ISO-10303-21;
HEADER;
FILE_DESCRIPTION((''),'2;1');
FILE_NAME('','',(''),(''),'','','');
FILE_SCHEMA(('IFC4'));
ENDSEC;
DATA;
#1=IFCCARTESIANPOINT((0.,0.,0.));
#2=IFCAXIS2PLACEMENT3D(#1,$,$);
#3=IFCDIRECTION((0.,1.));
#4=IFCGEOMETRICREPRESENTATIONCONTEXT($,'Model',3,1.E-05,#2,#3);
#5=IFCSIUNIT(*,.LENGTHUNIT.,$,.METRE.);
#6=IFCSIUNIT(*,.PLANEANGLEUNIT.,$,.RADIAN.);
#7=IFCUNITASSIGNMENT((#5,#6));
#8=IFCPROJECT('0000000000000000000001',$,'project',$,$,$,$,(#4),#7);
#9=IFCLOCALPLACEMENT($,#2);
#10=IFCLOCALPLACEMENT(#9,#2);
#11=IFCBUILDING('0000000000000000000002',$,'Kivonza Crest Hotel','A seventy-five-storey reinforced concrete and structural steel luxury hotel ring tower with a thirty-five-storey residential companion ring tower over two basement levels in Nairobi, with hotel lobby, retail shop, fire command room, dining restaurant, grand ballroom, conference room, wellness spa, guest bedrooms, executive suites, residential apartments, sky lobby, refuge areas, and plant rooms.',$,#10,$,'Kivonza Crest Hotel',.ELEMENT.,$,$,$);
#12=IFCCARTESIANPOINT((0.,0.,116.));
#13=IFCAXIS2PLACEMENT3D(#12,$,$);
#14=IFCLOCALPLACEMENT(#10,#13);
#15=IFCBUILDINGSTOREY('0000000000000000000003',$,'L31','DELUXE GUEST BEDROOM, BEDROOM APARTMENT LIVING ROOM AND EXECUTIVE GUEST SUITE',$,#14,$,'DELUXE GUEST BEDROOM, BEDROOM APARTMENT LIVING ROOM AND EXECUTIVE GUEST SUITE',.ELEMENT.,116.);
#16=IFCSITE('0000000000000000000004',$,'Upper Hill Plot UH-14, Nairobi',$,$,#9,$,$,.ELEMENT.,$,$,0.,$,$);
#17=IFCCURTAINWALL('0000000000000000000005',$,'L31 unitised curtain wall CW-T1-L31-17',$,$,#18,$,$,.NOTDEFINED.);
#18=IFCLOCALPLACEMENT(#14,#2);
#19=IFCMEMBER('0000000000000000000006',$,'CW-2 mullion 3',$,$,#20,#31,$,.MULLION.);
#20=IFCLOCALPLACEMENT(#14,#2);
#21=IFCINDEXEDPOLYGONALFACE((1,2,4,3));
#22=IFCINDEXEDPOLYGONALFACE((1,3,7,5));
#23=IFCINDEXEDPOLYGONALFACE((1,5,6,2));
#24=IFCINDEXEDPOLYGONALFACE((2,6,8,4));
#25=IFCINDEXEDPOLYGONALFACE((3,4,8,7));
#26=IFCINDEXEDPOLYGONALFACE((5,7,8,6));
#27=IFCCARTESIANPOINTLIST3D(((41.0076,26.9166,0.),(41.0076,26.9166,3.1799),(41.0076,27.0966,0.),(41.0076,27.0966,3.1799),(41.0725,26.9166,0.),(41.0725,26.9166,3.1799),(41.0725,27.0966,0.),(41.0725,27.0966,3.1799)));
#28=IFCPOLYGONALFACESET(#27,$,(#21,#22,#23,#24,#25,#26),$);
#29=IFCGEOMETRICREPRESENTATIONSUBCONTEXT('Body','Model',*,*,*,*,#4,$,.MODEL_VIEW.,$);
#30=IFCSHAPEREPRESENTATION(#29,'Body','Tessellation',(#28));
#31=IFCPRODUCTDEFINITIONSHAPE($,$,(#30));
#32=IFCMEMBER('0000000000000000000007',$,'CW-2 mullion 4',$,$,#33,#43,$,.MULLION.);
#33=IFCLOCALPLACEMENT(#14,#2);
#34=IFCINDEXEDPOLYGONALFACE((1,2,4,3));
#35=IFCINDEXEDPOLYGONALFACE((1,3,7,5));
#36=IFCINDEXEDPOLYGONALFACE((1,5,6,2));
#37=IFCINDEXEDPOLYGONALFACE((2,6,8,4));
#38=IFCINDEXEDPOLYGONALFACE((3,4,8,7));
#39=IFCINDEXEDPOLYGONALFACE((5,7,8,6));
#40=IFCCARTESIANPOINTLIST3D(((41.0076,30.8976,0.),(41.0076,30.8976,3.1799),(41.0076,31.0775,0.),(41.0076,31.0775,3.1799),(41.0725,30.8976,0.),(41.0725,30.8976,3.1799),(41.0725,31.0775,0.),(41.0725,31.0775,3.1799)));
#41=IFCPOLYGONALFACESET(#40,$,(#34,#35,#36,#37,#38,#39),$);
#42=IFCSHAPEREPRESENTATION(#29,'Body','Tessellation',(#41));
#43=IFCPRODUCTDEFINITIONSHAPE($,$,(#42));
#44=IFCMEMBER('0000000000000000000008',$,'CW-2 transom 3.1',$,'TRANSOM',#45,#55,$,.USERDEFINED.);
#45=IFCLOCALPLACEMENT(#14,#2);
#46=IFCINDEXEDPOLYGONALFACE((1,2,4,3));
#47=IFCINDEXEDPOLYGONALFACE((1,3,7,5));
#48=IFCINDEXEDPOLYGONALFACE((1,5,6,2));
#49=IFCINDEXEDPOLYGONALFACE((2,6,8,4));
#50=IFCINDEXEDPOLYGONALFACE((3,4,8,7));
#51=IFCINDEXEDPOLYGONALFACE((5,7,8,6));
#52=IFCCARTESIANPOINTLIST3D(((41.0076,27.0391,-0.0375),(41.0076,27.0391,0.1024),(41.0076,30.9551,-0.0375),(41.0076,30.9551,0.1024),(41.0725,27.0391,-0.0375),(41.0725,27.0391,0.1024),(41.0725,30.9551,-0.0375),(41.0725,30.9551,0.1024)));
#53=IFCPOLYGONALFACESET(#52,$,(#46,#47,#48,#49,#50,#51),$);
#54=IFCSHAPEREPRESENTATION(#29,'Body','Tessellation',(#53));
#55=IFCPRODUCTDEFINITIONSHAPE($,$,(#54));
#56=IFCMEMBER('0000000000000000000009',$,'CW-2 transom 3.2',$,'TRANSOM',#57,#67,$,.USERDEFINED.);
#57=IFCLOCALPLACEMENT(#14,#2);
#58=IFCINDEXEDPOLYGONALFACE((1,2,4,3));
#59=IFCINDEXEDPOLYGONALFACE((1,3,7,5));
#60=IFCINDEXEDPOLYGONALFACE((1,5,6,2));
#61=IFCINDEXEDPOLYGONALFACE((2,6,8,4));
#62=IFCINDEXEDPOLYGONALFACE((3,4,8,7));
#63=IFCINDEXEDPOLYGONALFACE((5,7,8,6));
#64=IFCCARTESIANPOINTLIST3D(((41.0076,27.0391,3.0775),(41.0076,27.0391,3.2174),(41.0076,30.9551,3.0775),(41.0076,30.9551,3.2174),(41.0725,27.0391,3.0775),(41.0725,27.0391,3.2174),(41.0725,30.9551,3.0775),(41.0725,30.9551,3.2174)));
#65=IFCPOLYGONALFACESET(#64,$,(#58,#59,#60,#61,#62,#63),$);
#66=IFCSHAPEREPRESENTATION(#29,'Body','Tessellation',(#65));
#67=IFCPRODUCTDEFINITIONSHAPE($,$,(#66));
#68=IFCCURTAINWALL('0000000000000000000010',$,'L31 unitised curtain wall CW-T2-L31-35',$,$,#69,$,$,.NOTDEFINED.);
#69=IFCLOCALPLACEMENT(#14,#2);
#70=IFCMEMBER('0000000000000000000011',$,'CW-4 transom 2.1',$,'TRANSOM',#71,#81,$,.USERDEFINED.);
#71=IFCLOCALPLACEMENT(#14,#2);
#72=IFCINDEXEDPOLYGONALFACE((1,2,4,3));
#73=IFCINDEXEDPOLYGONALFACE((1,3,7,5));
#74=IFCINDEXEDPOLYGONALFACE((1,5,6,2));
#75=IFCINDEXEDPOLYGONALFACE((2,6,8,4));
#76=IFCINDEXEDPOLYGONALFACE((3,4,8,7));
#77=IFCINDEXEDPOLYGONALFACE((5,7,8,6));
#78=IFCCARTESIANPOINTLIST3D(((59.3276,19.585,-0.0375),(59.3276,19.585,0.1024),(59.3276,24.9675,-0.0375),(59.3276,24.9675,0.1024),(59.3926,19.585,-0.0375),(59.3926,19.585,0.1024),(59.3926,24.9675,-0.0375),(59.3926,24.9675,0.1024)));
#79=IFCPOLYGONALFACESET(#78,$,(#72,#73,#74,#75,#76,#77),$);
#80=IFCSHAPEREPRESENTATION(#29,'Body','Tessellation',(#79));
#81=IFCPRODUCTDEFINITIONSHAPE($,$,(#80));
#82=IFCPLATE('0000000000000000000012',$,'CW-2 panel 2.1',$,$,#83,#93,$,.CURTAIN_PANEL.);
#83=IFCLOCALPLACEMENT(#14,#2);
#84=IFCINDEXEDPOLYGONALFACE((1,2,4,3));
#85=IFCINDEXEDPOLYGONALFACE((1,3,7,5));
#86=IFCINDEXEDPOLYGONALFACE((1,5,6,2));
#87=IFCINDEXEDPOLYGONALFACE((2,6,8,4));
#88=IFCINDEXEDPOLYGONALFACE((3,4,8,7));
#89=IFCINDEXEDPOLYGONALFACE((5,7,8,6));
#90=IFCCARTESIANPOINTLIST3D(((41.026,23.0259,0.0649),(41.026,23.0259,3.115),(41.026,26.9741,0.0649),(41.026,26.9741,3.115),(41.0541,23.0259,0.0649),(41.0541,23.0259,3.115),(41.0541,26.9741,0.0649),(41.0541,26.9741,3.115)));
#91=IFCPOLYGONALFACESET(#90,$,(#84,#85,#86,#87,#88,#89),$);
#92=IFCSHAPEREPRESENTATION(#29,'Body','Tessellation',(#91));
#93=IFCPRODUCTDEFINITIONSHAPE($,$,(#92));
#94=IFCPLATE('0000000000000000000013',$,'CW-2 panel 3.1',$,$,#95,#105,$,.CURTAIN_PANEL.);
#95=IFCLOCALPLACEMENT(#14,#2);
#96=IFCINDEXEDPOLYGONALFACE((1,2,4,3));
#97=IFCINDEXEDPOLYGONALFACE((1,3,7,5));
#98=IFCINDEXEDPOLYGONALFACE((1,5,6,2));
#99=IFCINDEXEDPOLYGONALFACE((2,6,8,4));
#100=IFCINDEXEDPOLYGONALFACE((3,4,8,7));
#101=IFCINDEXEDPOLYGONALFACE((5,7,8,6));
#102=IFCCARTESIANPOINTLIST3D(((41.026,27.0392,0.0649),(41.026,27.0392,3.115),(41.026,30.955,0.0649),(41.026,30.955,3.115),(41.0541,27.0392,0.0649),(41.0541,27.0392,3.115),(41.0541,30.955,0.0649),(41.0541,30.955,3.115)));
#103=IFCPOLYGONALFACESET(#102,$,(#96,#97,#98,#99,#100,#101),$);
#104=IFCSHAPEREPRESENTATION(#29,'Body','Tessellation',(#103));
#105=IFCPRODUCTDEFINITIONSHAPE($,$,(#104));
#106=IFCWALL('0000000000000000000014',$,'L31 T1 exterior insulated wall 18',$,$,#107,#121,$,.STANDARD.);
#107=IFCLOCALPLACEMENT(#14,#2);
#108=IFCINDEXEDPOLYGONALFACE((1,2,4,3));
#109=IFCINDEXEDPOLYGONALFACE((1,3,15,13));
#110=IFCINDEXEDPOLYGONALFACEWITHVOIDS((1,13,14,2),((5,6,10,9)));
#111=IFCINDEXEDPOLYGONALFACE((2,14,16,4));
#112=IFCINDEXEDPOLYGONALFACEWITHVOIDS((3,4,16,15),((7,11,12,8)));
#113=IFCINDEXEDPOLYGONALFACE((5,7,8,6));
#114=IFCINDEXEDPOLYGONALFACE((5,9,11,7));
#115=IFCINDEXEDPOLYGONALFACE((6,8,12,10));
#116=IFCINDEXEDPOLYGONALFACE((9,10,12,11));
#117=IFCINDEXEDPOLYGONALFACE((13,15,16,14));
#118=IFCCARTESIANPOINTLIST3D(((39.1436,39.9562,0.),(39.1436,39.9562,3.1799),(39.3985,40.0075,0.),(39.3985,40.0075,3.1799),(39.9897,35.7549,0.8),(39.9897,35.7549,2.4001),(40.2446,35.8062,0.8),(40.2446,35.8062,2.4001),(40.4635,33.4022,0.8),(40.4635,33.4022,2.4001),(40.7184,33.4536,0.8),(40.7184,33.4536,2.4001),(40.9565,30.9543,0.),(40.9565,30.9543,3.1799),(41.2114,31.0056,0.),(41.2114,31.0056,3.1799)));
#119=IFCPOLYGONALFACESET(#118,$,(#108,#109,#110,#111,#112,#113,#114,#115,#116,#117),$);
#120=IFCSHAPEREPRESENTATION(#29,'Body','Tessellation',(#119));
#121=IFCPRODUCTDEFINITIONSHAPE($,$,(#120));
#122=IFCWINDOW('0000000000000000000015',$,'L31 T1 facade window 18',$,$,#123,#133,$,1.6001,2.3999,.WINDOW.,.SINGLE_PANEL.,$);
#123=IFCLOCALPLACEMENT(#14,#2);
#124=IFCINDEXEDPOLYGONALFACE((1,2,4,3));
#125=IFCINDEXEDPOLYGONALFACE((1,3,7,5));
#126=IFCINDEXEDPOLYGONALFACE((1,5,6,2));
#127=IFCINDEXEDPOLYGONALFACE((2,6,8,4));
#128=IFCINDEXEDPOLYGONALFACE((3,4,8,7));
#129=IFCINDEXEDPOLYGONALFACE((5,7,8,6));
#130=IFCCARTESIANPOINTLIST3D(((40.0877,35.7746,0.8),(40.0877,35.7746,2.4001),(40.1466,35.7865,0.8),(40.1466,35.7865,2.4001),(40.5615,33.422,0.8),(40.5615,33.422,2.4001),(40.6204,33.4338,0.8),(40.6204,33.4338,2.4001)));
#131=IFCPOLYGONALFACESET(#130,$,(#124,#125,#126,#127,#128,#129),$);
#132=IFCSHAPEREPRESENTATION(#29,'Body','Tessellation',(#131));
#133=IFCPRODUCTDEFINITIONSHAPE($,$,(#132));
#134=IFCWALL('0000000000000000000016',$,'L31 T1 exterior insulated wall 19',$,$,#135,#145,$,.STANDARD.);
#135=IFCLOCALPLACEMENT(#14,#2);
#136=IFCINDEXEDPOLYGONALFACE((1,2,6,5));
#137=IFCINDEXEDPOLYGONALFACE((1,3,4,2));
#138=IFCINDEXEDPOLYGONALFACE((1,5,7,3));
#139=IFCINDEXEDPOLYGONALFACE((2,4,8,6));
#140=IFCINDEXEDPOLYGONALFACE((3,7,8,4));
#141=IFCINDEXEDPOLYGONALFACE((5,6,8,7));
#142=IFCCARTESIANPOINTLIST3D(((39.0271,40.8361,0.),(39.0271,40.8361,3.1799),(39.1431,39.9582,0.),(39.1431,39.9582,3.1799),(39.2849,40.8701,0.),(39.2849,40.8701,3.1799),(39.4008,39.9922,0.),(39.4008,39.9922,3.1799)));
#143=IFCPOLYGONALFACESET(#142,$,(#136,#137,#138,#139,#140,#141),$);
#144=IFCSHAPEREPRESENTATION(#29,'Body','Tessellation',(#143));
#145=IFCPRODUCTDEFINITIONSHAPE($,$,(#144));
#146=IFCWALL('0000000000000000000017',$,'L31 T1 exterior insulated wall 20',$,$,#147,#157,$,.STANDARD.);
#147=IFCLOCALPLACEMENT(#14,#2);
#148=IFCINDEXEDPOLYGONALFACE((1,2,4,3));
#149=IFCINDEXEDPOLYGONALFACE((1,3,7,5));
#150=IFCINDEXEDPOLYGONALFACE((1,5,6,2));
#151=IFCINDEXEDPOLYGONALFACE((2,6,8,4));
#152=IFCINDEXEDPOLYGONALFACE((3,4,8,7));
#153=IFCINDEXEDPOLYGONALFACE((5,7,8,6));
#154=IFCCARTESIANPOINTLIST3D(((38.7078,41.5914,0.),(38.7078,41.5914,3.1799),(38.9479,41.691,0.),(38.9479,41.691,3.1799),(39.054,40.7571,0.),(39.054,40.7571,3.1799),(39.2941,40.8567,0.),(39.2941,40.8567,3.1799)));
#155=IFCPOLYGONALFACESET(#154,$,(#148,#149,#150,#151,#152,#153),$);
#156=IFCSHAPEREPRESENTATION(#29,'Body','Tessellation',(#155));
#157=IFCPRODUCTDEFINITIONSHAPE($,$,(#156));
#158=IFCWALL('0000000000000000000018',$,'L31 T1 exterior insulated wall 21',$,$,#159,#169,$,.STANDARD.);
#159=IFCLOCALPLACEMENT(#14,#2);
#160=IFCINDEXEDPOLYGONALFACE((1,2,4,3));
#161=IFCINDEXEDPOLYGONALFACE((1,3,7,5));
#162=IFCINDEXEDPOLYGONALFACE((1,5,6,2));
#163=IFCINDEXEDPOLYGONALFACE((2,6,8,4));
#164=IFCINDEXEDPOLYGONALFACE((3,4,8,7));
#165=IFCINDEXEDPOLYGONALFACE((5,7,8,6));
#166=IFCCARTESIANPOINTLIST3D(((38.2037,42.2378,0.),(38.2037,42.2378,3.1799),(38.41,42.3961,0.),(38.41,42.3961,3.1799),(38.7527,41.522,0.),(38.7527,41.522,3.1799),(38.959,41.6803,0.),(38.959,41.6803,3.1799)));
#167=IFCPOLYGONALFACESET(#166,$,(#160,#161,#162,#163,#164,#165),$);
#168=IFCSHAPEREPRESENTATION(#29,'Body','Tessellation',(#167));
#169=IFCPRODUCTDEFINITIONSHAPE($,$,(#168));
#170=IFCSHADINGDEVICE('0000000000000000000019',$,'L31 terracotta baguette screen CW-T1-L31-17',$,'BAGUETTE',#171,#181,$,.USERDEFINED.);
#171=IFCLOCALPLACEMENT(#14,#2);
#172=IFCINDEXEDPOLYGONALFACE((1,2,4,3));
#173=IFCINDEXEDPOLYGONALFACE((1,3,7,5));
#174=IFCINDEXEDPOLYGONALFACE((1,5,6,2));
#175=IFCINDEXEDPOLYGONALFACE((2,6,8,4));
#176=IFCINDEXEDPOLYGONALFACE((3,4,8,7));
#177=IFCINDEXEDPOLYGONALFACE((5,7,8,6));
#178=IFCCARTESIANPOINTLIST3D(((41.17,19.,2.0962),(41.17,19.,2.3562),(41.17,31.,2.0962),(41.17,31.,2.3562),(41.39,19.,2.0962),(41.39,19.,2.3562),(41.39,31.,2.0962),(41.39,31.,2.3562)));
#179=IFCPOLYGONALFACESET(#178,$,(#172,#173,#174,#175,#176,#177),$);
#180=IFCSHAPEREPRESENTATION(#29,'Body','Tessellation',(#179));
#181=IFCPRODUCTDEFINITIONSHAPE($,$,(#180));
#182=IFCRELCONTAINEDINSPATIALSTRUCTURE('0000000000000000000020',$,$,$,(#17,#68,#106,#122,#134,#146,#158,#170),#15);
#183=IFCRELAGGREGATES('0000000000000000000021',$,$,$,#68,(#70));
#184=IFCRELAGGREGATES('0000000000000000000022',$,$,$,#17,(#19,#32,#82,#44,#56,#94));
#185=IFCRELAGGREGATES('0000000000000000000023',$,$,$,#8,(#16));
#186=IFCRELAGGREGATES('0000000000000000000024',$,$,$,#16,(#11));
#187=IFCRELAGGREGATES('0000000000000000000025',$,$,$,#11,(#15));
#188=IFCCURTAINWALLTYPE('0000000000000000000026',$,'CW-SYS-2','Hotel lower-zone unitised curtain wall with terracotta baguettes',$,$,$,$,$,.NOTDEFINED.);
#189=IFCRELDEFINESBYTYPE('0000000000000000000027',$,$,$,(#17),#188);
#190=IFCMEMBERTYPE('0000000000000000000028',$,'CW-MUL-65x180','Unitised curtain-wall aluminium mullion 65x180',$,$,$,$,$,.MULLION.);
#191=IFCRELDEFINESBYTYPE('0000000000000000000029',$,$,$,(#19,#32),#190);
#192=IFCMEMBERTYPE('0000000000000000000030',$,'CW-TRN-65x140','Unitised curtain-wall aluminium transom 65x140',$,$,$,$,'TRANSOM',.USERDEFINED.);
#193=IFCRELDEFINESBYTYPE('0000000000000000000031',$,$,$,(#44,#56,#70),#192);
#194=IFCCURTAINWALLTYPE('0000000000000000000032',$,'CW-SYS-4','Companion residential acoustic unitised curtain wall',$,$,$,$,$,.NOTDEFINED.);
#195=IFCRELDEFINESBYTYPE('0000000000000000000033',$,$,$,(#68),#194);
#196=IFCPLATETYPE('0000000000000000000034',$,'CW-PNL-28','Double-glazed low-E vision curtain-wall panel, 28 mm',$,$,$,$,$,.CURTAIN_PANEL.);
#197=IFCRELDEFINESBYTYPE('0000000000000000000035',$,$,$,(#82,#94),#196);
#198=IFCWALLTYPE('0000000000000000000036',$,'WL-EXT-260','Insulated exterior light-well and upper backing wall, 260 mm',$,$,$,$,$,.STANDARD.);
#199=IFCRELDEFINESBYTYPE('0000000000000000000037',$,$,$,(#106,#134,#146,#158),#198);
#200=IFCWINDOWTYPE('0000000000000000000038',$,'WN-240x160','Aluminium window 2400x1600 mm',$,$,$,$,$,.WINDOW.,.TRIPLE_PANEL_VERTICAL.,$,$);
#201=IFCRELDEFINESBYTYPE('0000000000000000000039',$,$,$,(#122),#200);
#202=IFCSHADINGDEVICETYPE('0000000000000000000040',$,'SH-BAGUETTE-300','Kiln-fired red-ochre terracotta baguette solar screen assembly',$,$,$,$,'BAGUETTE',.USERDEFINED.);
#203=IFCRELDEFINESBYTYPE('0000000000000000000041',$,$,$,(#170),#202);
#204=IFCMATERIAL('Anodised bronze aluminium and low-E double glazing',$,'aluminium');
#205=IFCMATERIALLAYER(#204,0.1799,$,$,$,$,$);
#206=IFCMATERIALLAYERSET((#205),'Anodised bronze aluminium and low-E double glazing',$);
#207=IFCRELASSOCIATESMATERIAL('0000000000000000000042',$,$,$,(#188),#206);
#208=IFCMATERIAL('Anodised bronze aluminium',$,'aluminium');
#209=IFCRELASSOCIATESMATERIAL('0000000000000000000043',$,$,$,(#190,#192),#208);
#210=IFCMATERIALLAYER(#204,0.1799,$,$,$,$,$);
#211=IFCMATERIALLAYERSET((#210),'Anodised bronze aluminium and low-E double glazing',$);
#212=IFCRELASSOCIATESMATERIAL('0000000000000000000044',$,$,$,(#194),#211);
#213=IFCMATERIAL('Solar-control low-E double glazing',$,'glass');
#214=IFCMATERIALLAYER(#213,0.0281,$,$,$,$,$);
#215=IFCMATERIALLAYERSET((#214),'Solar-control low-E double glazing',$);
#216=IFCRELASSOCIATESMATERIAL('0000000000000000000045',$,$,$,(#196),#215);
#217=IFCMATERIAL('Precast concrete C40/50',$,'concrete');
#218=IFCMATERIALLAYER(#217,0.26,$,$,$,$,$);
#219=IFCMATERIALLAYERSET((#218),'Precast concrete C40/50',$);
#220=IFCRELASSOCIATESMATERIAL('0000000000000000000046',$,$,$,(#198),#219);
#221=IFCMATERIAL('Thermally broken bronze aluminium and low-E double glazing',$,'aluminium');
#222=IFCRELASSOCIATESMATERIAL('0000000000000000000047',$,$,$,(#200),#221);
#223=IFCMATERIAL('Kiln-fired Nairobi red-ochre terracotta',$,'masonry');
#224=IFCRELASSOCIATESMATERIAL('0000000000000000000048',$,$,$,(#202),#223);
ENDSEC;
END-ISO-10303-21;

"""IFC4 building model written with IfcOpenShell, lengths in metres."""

from ifc_helpers import new_model, si_unit, direction, frame, frame_2d, origin, origin_2d, place, context, subcontext, project, spatial, rectangle, extrude, material, layer, layer_set, material_profile, profile_set, type_object, element, fill, aggregate, save


model = new_model("IFC4")

# Units and contexts
model_context = context("Model", 3, precision=1e-05, world=origin(), true_north=direction((0.0, 1.0)))
body_context = subcontext(model_context, "Body", "Model", "MODEL_VIEW")
ifc_project = project(units=[si_unit("LENGTHUNIT", "METRE"), si_unit("PLANEANGLEUNIT", "RADIAN")], contexts=[model_context])

# Site, building, storey
site_placement = place(None, origin())
site = spatial("IfcSite", under=ifc_project, at=site_placement, Name="Upper Hill Plot UH-14, Nairobi", CompositionType="ELEMENT", RefElevation=0.0)
building_placement = place(site_placement, origin())
building = spatial("IfcBuilding", under=site, at=building_placement, Name="Kivonza Crest Hotel", Description="A seventy-five-storey reinforced concrete and structural steel luxury hotel ring tower with a thirty-five-storey residential companion ring tower over two basement levels in Nairobi, with hotel lobby, retail shop, fire command room, dining restaurant, grand ballroom, conference room, wellness spa, guest bedrooms, executive suites, residential apartments, sky lobby, refuge areas, and plant rooms.", LongName="Kivonza Crest Hotel", CompositionType="ELEMENT")
storey_placement = place(building_placement, frame((0.0, 0.0, 116.0)))
storey = spatial("IfcBuildingStorey", under=building, at=storey_placement, Name="L31", Description="DELUXE GUEST BEDROOM, BEDROOM APARTMENT LIVING ROOM AND EXECUTIVE GUEST SUITE", LongName="DELUXE GUEST BEDROOM, BEDROOM APARTMENT LIVING ROOM AND EXECUTIVE GUEST SUITE", CompositionType="ELEMENT", Elevation=116.0)

# Curtain wall, members
ifc_material_1 = material(Name="Anodised bronze aluminium and low-E double glazing", Category="aluminium")
ifc_layer_1 = layer(ifc_material_1, 0.1799)
ifc_layer_set_1 = layer_set([ifc_layer_1], Name="Anodised bronze aluminium and low-E double glazing")
curtain_wall_type_1 = type_object("IfcCurtainWallType", Name="CW-SYS-2", Description="Hotel lower-zone unitised curtain wall with terracotta baguettes", PredefinedType="NOTDEFINED", material=ifc_layer_set_1)
curtain_wall_1_placement = place(storey_placement, origin())
curtain_wall_1 = element("IfcCurtainWall", 1, at=curtain_wall_1_placement, inside=storey, type_object=curtain_wall_type_1, Name="L31 unitised curtain wall CW-T1-L31-17", PredefinedType="NOTDEFINED")
ifc_material_2 = material(Name="Anodised bronze aluminium", Category="aluminium")
ifc_material_profile_1 = material_profile(ifc_material_2, rectangle(XDim=0.0649, YDim=0.1799, at=origin_2d()), Name="CW-M 65x180")
ifc_profile_set_1 = profile_set([ifc_material_profile_1], Name="Anodised bronze aluminium")
member_type_1 = type_object("IfcMemberType", Name="CW-MUL-65x180", Description="Unitised curtain-wall aluminium mullion 65x180", PredefinedType="MULLION", material=ifc_profile_set_1)
member_1_placement = place(storey_placement, frame((41.04, 27.0066, 0.0), z_axis=(0.0, 0.0, 1.0), x_axis=(-1.0, 0.0, 0.0)))
member_1 = element("IfcMember", 2, at=member_1_placement, type_object=member_type_1, Name="CW-2 mullion 3", PredefinedType="MULLION", context=body_context, shape_type="SweptSolid", body=[
    extrude(rectangle(XDim=0.0649, YDim=0.1799, at=origin_2d()), origin(), (0.0, 0.0, 1.0), 3.1799),
])
member_2_placement = place(storey_placement, frame((41.04, 30.9875, 0.0), z_axis=(0.0, 0.0, 1.0), x_axis=(-1.0, 0.0, 0.0)))
member_2 = element("IfcMember", 3, at=member_2_placement, type_object=member_type_1, Name="CW-2 mullion 4", PredefinedType="MULLION", context=body_context, shape_type="SweptSolid", body=[
    extrude(rectangle(XDim=0.0649, YDim=0.1799, at=origin_2d()), origin(), (0.0, 0.0, 1.0), 3.1799),
])
ifc_material_profile_2 = material_profile(ifc_material_2, rectangle(XDim=0.0649, YDim=0.1399, at=origin_2d()), Name="CW-T 65x140")
ifc_profile_set_2 = profile_set([ifc_material_profile_2], Name="Anodised bronze aluminium")
member_type_2 = type_object("IfcMemberType", Name="CW-TRN-65x140", Description="Unitised curtain-wall aluminium transom 65x140", ElementType="TRANSOM", PredefinedType="USERDEFINED", material=ifc_profile_set_2)
member_3_placement = place(storey_placement, frame((41.04, 27.0391, 0.0325), z_axis=(0.0, 1.0, 0.0), x_axis=(-1.0, 0.0, 0.0)))
member_3 = element("IfcMember", 4, at=member_3_placement, type_object=member_type_2, Name="CW-2 transom 3.1", ObjectType="TRANSOM", PredefinedType="USERDEFINED", context=body_context, shape_type="SweptSolid", body=[
    extrude(rectangle(XDim=0.0649, YDim=0.1399, at=origin_2d()), origin(), (0.0, 0.0, 1.0), 3.916),
])
member_4_placement = place(storey_placement, frame((41.04, 27.0391, 3.1475), z_axis=(0.0, 1.0, 0.0), x_axis=(-1.0, 0.0, 0.0)))
member_4 = element("IfcMember", 5, at=member_4_placement, type_object=member_type_2, Name="CW-2 transom 3.2", ObjectType="TRANSOM", PredefinedType="USERDEFINED", context=body_context, shape_type="SweptSolid", body=[
    extrude(rectangle(XDim=0.0649, YDim=0.1399, at=origin_2d()), origin(), (0.0, 0.0, 1.0), 3.916),
])

# Curtain wall, member
ifc_layer_2 = layer(ifc_material_1, 0.1799)
ifc_layer_set_2 = layer_set([ifc_layer_2], Name="Anodised bronze aluminium and low-E double glazing")
curtain_wall_type_2 = type_object("IfcCurtainWallType", Name="CW-SYS-4", Description="Companion residential acoustic unitised curtain wall", PredefinedType="NOTDEFINED", material=ifc_layer_set_2)
curtain_wall_2_placement = place(storey_placement, origin())
curtain_wall_2 = element("IfcCurtainWall", 6, at=curtain_wall_2_placement, inside=storey, type_object=curtain_wall_type_2, Name="L31 unitised curtain wall CW-T2-L31-35", PredefinedType="NOTDEFINED")
member_5_placement = place(storey_placement, frame((59.3601, 24.9675, 0.0325), z_axis=(0.0, -1.0, 0.0), x_axis=(1.0, 0.0, 0.0)))
member_5 = element("IfcMember", 7, at=member_5_placement, type_object=member_type_2, Name="CW-4 transom 2.1", ObjectType="TRANSOM", PredefinedType="USERDEFINED", context=body_context, shape_type="SweptSolid", body=[
    extrude(rectangle(XDim=0.0649, YDim=0.1399, at=origin_2d()), origin(), (0.0, 0.0, 1.0), 5.3826),
])
aggregate(curtain_wall_2, [member_5])

# Plates
ifc_material_3 = material(Name="Solar-control low-E double glazing", Category="glass")
ifc_layer_3 = layer(ifc_material_3, 0.0281)
ifc_layer_set_3 = layer_set([ifc_layer_3], Name="Solar-control low-E double glazing")
plate_type = type_object("IfcPlateType", Name="CW-PNL-28", Description="Double-glazed low-E vision curtain-wall panel, 28 mm", PredefinedType="CURTAIN_PANEL", material=ifc_layer_set_3)
plate_1_placement = place(storey_placement, frame((41.04, 25.0, 0.0649), z_axis=(0.0, 0.0, 1.0), x_axis=(0.0, 1.0, 0.0)))
plate_1 = element("IfcPlate", 8, at=plate_1_placement, type_object=plate_type, Name="CW-2 panel 2.1", PredefinedType="CURTAIN_PANEL", context=body_context, shape_type="SweptSolid", body=[
    extrude(rectangle(XDim=3.9482, YDim=0.0281, at=origin_2d()), origin(), (0.0, 0.0, 1.0), 3.05),
])
plate_2_placement = place(storey_placement, frame((41.04, 28.9971, 0.0649), z_axis=(0.0, 0.0, 1.0), x_axis=(0.0, 1.0, 0.0)))
plate_2 = element("IfcPlate", 9, at=plate_2_placement, type_object=plate_type, Name="CW-2 panel 3.1", PredefinedType="CURTAIN_PANEL", context=body_context, shape_type="SweptSolid", body=[
    extrude(rectangle(XDim=3.9158, YDim=0.0281, at=origin_2d()), origin(), (0.0, 0.0, 1.0), 3.05),
])
aggregate(curtain_wall_1, [member_1, member_2, plate_1, member_3, member_4, plate_2])

# Wall, opening, window
ifc_material_4 = material(Name="Precast concrete C40/50", Category="concrete")
ifc_layer_4 = layer(ifc_material_4, 0.26)
ifc_layer_set_4 = layer_set([ifc_layer_4], Name="Precast concrete C40/50")
wall_type = type_object("IfcWallType", Name="WL-EXT-260", Description="Insulated exterior light-well and upper backing wall, 260 mm", PredefinedType="STANDARD", material=ifc_layer_set_4)
wall_1_placement = place(storey_placement, frame((41.084, 30.98, 0.0), z_axis=(0.0, 0.0, 1.0), x_axis=(-0.197435, 0.980316, 0.0)))
wall_1 = element("IfcWall", 10, at=wall_1_placement, inside=storey, type_object=wall_type, Name="L31 T1 exterior insulated wall 18", PredefinedType="STANDARD", context=body_context, shape_type="SweptSolid", body=[
    extrude(rectangle(XDim=9.1826, YDim=0.26, at=frame_2d((4.5913, 0.0))), origin(), (0.0, 0.0, 1.0), 3.1799),
])
opening_placement = place(wall_1_placement, frame((2.4971, 0.0, 0.8)))
opening = element("IfcOpeningElement", 11, at=opening_placement, cuts=wall_1, PredefinedType="OPENING", context=body_context, shape_type="SweptSolid", body=[
    extrude(rectangle(XDim=2.3999, YDim=1.6001, at=frame_2d((1.2, 0.8))), frame((0.0, 0.1401, 0.0), z_axis=(0.0, -1.0, 0.0), x_axis=(1.0, 0.0, 0.0)), (0.0, 0.0, 1.0), 0.28),
])
ifc_material_5 = material(Name="Thermally broken bronze aluminium and low-E double glazing", Category="aluminium")
window_type = type_object("IfcWindowType", Name="WN-240x160", Description="Aluminium window 2400x1600 mm", PartitioningType="TRIPLE_PANEL_VERTICAL", PredefinedType="WINDOW", material=ifc_material_5)
window_placement = place(opening_placement, origin())
window = element("IfcWindow", 12, at=window_placement, inside=storey, type_object=window_type, Name="L31 T1 facade window 18", OverallHeight=1.6001, OverallWidth=2.3999, PartitioningType="SINGLE_PANEL", PredefinedType="WINDOW", context=body_context, shape_type="SweptSolid", body=[
    extrude(rectangle(XDim=2.3999, YDim=1.6001, at=frame_2d((1.2, 0.8))), frame((0.0, 0.03, 0.0), z_axis=(0.0, -1.0, 0.0), x_axis=(1.0, 0.0, 0.0)), (0.0, 0.0, 1.0), 0.0601),
])
fill(opening, window)

# Walls
wall_2_placement = place(storey_placement, frame((39.272, 39.9751, 0.0), z_axis=(0.0, 0.0, 1.0), x_axis=(-0.130954, 0.991388, 0.0)))
element("IfcWall", 13, at=wall_2_placement, inside=storey, type_object=wall_type, Name="L31 T1 exterior insulated wall 19", PredefinedType="STANDARD", context=body_context, shape_type="SweptSolid", body=[
    extrude(rectangle(XDim=0.8855, YDim=0.26, at=frame_2d((0.4429, 0.0))), origin(), (0.0, 0.0, 1.0), 3.1799),
])
wall_3_placement = place(storey_placement, frame((39.1741, 40.8069, 0.0), z_axis=(0.0, 0.0, 1.0), x_axis=(-0.383291, 0.923628, 0.0)))
element("IfcWall", 14, at=wall_3_placement, inside=storey, type_object=wall_type, Name="L31 T1 exterior insulated wall 20", PredefinedType="STANDARD", context=body_context, shape_type="SweptSolid", body=[
    extrude(rectangle(XDim=0.9033, YDim=0.26, at=frame_2d((0.4517, 0.0))), origin(), (0.0, 0.0, 1.0), 3.1799),
])
wall_4_placement = place(storey_placement, frame((38.856, 41.6011, 0.0), z_axis=(0.0, 0.0, 1.0), x_axis=(-0.608625, 0.793458, 0.0)))
element("IfcWall", 15, at=wall_4_placement, inside=storey, type_object=wall_type, Name="L31 T1 exterior insulated wall 21", PredefinedType="STANDARD", context=body_context, shape_type="SweptSolid", body=[
    extrude(rectangle(XDim=0.9021, YDim=0.26, at=frame_2d((0.4512, 0.0))), origin(), (0.0, 0.0, 1.0), 3.1799),
])

# Shading device
ifc_material_6 = material(Name="Kiln-fired Nairobi red-ochre terracotta", Category="masonry")
shading_device_type_1 = type_object("IfcShadingDeviceType", Name="SH-BAGUETTE-300", Description="Kiln-fired red-ochre terracotta baguette solar screen assembly", ElementType="BAGUETTE", PredefinedType="USERDEFINED", material=ifc_material_6)
shading_device_1_placement = place(storey_placement, frame((41.28, 25.0, 2.0962), z_axis=(0.0, 0.0, 1.0), x_axis=(0.0, 1.0, 0.0)))
element("IfcShadingDevice", 16, at=shading_device_1_placement, inside=storey, type_object=shading_device_type_1, Name="L31 terracotta baguette screen CW-T1-L31-17", ObjectType="BAGUETTE", PredefinedType="USERDEFINED", context=body_context, shape_type="SweptSolid", body=[
    extrude(rectangle(XDim=12.0, YDim=0.22, at=origin_2d()), origin(), (0.0, 0.0, 1.0), 0.26),
])

save(model, "model.ifc")
